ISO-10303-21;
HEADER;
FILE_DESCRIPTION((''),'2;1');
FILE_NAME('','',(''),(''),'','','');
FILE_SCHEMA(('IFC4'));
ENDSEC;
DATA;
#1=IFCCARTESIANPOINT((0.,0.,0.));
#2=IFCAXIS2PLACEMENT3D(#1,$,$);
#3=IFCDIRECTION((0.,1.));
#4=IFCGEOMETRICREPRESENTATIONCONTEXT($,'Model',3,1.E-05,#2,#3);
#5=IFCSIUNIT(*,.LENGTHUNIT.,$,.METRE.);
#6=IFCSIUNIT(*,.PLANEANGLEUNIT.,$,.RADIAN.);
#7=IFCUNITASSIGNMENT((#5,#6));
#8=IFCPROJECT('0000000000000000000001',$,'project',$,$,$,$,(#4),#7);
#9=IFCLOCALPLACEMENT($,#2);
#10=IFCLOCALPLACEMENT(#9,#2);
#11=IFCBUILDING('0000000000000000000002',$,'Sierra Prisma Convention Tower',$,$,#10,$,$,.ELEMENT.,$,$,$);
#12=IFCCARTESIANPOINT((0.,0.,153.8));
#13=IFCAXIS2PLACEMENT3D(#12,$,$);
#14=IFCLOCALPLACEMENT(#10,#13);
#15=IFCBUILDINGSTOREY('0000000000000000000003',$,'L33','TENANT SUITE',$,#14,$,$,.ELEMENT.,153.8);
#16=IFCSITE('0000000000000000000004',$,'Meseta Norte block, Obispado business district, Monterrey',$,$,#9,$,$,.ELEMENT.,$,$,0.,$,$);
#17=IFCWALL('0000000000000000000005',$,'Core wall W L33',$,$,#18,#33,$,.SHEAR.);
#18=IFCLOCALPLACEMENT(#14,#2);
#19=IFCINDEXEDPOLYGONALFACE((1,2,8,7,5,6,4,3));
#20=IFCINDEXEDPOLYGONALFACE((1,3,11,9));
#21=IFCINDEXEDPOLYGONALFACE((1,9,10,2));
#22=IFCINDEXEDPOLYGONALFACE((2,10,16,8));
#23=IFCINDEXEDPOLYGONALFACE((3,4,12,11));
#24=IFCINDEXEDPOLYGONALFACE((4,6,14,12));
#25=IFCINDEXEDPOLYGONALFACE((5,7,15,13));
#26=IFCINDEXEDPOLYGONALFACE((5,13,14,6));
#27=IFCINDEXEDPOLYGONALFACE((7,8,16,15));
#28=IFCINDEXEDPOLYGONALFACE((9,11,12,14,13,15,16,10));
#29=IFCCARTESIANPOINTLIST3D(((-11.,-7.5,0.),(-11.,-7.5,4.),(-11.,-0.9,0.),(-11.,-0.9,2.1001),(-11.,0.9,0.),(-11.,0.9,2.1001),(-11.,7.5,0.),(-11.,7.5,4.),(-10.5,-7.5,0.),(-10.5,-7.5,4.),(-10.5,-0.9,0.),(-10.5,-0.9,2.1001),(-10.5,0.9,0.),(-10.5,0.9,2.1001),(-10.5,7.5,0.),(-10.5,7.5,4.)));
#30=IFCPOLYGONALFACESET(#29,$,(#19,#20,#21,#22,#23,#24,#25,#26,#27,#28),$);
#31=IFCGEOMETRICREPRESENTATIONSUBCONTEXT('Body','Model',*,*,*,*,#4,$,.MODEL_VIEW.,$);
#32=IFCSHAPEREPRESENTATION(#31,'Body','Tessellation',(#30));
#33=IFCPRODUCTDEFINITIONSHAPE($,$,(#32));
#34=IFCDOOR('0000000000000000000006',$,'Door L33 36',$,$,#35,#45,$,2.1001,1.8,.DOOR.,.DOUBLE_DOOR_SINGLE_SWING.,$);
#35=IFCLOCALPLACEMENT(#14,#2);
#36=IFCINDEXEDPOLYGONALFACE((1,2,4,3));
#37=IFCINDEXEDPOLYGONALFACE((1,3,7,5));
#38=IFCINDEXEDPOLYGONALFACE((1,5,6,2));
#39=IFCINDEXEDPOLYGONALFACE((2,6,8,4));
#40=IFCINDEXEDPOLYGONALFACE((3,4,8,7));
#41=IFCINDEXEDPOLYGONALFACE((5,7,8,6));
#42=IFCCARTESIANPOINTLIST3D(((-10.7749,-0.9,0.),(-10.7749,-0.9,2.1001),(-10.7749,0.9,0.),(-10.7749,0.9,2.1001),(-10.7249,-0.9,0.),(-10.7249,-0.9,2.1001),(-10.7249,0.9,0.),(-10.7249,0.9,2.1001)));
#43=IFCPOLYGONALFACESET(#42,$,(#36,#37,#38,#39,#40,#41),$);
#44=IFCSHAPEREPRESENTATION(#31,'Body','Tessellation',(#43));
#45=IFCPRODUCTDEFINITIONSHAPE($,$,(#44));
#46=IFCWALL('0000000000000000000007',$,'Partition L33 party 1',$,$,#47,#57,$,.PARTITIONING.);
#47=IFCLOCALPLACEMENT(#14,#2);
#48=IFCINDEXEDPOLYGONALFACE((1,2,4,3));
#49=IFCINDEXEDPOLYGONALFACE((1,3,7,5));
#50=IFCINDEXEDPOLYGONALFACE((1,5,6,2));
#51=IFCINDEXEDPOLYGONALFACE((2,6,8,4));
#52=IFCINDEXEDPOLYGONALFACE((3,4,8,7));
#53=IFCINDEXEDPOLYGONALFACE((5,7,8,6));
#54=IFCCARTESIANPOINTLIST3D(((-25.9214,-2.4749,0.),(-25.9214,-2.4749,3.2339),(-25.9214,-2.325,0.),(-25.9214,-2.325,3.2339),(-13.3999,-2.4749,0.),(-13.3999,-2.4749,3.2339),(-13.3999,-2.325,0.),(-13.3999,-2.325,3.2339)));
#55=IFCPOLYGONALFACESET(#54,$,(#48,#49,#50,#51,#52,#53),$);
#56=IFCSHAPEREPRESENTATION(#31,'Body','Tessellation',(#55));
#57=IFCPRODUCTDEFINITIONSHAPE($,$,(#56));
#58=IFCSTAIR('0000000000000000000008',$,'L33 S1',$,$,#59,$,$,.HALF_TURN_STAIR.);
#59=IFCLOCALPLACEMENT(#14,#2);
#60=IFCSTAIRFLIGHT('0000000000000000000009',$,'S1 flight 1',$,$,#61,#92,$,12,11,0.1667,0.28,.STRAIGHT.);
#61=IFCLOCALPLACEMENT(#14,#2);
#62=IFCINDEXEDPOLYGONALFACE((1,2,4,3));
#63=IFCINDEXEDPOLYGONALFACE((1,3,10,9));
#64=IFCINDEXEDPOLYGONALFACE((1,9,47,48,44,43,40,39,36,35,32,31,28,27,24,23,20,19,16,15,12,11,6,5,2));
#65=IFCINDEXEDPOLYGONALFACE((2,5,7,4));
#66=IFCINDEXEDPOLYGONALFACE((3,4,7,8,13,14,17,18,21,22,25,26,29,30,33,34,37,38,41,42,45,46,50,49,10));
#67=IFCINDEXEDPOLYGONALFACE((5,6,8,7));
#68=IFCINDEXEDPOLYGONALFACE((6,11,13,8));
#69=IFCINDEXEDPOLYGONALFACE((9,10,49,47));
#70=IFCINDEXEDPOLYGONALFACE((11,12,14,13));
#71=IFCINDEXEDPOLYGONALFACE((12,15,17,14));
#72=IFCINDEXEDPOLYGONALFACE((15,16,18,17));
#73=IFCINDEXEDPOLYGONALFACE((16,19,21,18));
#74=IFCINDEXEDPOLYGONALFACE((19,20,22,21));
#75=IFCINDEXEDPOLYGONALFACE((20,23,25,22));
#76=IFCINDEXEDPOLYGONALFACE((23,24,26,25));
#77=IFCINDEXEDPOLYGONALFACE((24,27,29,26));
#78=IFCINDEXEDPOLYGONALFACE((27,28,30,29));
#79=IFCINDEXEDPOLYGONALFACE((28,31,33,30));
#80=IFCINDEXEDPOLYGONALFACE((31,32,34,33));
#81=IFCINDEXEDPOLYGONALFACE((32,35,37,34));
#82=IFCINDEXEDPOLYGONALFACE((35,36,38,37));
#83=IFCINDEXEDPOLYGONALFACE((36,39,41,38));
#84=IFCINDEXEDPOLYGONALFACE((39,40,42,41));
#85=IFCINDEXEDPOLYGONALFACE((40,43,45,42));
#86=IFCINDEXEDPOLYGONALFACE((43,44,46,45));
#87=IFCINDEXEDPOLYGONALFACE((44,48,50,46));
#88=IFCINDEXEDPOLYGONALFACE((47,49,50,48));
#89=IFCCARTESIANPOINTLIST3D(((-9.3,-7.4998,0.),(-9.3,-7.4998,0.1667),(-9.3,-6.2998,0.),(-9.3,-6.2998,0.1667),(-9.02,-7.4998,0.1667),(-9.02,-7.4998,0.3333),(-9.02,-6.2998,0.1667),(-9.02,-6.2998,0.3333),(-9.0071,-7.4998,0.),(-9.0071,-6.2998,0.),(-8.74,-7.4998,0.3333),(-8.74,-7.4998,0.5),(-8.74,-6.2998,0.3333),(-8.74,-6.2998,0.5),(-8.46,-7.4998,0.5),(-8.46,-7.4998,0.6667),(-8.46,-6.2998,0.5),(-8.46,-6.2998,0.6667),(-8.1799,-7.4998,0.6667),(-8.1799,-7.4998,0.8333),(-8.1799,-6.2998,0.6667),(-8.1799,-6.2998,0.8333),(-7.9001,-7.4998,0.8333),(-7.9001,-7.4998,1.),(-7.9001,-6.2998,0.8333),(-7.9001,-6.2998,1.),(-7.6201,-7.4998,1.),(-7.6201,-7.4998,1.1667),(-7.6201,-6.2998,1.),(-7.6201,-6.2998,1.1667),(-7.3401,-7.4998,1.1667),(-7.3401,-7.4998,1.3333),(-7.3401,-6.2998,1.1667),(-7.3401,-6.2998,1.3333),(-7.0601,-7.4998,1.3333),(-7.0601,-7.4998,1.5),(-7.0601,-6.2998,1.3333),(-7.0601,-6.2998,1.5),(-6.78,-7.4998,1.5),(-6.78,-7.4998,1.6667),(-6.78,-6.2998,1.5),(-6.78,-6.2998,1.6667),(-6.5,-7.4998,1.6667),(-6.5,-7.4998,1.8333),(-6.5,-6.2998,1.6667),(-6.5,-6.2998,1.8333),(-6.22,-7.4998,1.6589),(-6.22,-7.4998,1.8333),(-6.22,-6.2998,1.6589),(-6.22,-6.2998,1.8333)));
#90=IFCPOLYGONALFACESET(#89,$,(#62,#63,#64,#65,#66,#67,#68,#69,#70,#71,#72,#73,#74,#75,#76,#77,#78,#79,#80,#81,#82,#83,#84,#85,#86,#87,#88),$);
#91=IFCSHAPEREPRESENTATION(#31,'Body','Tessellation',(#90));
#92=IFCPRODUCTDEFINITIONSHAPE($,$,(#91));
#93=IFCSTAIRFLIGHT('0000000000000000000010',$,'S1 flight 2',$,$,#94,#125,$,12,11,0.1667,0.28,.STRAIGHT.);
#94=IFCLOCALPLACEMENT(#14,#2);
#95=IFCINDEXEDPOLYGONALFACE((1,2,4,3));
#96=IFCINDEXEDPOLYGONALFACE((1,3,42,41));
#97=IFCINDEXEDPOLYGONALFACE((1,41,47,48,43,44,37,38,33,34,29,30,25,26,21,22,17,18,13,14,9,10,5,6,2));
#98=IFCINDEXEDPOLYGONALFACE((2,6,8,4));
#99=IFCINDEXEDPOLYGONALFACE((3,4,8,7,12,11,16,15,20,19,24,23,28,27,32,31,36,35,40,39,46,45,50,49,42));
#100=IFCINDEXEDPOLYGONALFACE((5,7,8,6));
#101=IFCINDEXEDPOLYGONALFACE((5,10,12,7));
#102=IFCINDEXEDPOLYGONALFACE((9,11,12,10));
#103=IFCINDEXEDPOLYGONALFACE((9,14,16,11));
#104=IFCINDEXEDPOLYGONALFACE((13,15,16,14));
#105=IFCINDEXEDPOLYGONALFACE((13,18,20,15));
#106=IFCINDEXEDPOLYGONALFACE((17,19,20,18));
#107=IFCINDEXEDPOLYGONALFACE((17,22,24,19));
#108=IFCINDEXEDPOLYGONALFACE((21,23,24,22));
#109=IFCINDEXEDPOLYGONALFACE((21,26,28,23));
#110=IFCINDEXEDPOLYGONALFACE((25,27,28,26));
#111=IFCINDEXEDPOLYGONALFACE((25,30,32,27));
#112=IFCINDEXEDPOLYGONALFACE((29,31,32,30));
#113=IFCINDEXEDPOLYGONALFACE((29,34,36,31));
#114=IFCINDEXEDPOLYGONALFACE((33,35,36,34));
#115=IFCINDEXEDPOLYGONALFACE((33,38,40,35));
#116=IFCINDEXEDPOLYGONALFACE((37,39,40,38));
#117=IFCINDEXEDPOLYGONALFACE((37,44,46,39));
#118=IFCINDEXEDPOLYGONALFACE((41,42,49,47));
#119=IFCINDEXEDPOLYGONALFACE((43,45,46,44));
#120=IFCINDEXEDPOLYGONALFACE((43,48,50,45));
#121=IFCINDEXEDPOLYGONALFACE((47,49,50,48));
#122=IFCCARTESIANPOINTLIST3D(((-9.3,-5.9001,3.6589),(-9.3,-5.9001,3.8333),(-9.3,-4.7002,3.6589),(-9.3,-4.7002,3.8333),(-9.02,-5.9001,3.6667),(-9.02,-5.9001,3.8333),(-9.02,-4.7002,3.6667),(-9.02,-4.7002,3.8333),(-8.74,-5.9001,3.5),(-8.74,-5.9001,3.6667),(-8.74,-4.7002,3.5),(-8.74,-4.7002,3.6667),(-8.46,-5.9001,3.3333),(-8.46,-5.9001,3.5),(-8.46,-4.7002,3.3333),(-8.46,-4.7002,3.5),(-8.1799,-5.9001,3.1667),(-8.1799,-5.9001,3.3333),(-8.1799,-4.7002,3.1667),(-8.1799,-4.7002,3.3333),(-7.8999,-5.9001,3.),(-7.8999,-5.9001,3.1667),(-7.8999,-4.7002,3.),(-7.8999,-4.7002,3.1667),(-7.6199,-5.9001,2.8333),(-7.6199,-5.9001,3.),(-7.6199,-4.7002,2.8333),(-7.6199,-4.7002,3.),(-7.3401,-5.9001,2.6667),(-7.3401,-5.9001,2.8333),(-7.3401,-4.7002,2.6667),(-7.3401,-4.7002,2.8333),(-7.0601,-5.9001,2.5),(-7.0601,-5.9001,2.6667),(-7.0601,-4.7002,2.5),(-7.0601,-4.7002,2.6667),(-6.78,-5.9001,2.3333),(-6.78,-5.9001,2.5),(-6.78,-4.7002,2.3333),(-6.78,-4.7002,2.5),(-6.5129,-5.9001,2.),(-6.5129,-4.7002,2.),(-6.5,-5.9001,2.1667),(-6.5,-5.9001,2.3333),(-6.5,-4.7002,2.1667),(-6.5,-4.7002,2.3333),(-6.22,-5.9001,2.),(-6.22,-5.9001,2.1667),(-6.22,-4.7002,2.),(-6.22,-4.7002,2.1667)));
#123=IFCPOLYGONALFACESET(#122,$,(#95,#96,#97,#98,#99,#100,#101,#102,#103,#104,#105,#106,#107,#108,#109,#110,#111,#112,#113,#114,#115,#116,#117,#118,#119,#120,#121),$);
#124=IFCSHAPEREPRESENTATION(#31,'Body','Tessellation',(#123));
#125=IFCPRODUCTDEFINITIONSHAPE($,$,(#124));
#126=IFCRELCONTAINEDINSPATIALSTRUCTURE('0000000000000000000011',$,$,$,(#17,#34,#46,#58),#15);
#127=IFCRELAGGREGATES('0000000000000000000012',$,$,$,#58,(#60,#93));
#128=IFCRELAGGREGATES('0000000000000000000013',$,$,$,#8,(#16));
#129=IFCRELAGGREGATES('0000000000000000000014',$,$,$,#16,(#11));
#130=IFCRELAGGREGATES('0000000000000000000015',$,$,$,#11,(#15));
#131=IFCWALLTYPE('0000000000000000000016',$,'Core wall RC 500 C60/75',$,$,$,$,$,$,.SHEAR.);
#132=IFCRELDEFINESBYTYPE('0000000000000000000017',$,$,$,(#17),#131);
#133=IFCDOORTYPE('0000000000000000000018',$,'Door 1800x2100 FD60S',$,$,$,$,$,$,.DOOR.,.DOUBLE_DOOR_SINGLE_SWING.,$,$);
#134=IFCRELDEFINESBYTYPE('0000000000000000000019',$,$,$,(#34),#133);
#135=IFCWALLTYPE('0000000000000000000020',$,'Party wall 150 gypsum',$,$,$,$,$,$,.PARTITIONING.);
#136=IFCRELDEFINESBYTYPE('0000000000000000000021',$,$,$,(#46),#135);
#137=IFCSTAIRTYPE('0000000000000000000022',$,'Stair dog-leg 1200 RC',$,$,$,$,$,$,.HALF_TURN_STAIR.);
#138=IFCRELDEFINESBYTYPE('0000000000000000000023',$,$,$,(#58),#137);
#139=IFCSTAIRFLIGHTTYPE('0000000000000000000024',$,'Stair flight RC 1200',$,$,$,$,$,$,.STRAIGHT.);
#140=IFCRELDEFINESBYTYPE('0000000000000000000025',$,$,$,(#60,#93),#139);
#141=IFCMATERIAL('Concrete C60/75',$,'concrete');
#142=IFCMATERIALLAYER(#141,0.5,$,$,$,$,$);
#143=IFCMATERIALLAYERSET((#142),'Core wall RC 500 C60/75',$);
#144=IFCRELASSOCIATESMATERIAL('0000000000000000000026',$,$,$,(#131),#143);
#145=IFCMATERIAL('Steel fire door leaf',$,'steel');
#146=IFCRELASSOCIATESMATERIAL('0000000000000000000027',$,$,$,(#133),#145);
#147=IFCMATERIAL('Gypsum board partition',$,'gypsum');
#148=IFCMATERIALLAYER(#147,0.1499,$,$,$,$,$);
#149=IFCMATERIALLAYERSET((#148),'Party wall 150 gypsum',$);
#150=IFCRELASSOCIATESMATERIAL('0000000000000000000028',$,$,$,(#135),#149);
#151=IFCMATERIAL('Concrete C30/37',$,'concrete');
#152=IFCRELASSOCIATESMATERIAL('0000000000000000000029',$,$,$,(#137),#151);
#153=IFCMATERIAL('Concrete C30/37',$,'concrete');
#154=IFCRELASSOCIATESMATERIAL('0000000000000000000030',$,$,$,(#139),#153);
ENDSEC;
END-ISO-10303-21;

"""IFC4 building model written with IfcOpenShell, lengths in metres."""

from ifc_helpers import new_model, si_unit, direction, frame, frame_2d, origin, place, context, subcontext, project, spatial, polyline, rectangle, outline, extrude, material, layer, layer_set, type_object, element, fill, aggregate, save


model = new_model("IFC4")

# Units and contexts
model_context = context("Model", 3, precision=1e-05, world=origin(), true_north=direction((0.0, 1.0)))
body_context = subcontext(model_context, "Body", "Model", "MODEL_VIEW")
ifc_project = project(units=[si_unit("LENGTHUNIT", "METRE"), si_unit("PLANEANGLEUNIT", "RADIAN")], contexts=[model_context])

# Site, building, storey
site_placement = place(None, origin())
site = spatial("IfcSite", under=ifc_project, at=site_placement, Name="Meseta Norte block, Obispado business district, Monterrey", CompositionType="ELEMENT", RefElevation=0.0)
building_placement = place(site_placement, origin())
building = spatial("IfcBuilding", under=site, at=building_placement, Name="Sierra Prisma Convention Tower", CompositionType="ELEMENT")
storey_placement = place(building_placement, frame((0.0, 0.0, 153.8)))
storey = spatial("IfcBuildingStorey", under=building, at=storey_placement, Name="L33", Description="TENANT SUITE", CompositionType="ELEMENT", Elevation=153.8)

# Wall, opening, door
ifc_material_1 = material(Name="Concrete C60/75", Category="concrete")
ifc_layer_1 = layer(ifc_material_1, 0.5)
ifc_layer_set_1 = layer_set([ifc_layer_1], Name="Core wall RC 500 C60/75")
wall_type_1 = type_object("IfcWallType", Name="Core wall RC 500 C60/75", PredefinedType="SHEAR", material=ifc_layer_set_1)
wall_1_placement = place(storey_placement, frame((-10.75, -7.5, 0.0), z_axis=(0.0, 0.0, 1.0), x_axis=(0.0, 1.0, 0.0)))
wall_1 = element("IfcWall", 1, at=wall_1_placement, inside=storey, type_object=wall_type_1, Name="Core wall W L33", PredefinedType="SHEAR", context=body_context, shape_type="SweptSolid", body=[
    extrude(rectangle(XDim=15.0, YDim=0.5, at=frame_2d((7.5, 0.0))), origin(), (0.0, 0.0, 1.0), 4.0),
])
opening_1_placement = place(wall_1_placement, frame((6.6001, 0.0, 0.0)))
opening_1 = element("IfcOpeningElement", 2, at=opening_1_placement, cuts=wall_1, PredefinedType="OPENING", context=body_context, shape_type="SweptSolid", body=[
    extrude(rectangle(XDim=1.8, YDim=2.1001, at=frame_2d((0.8999, 1.05))), frame((0.0, 0.25, 0.0), z_axis=(0.0, -1.0, 0.0), x_axis=(1.0, 0.0, 0.0)), (0.0, 0.0, 1.0), 0.5),
])
ifc_material_2 = material(Name="Steel fire door leaf", Category="steel")
door_type_1 = type_object("IfcDoorType", Name="Door 1800x2100 FD60S", OperationType="DOUBLE_DOOR_SINGLE_SWING", PredefinedType="DOOR", material=ifc_material_2)
door_1_placement = place(opening_1_placement, origin())
door_1 = element("IfcDoor", 3, at=door_1_placement, inside=storey, type_object=door_type_1, Name="Door L33 36", OperationType="DOUBLE_DOOR_SINGLE_SWING", OverallHeight=2.1001, OverallWidth=1.8, PredefinedType="DOOR", context=body_context, shape_type="SweptSolid", body=[
    extrude(rectangle(XDim=1.8, YDim=2.1001, at=frame_2d((0.8999, 1.05))), frame((0.0, 0.0249, 0.0), z_axis=(0.0, -1.0, 0.0), x_axis=(1.0, 0.0, 0.0)), (0.0, 0.0, 1.0), 0.05),
])
fill(opening_1, door_1)

# Wall
ifc_material_3 = material(Name="Gypsum board partition", Category="gypsum")
ifc_layer_2 = layer(ifc_material_3, 0.1499)
ifc_layer_set_2 = layer_set([ifc_layer_2], Name="Party wall 150 gypsum")
wall_type_2 = type_object("IfcWallType", Name="Party wall 150 gypsum", PredefinedType="PARTITIONING", material=ifc_layer_set_2)
wall_2_placement = place(storey_placement, frame((-13.3999, -2.3999, 0.0), z_axis=(0.0, 0.0, 1.0), x_axis=(-1.0, 0.0, 0.0)))
element("IfcWall", 4, at=wall_2_placement, inside=storey, type_object=wall_type_2, Name="Partition L33 party 1", PredefinedType="PARTITIONING", context=body_context, shape_type="SweptSolid", body=[
    extrude(rectangle(XDim=12.5215, YDim=0.1499, at=frame_2d((6.2607, 0.0))), origin(), (0.0, 0.0, 1.0), 3.2339),
])

# Stair, stair flights
ifc_material_4 = material(Name="Concrete C30/37", Category="concrete")
stair_type = type_object("IfcStairType", Name="Stair dog-leg 1200 RC", PredefinedType="HALF_TURN_STAIR", material=ifc_material_4)
stair_placement = place(storey_placement, origin())
stair = element("IfcStair", 5, at=stair_placement, inside=storey, type_object=stair_type, Name="L33 S1", PredefinedType="HALF_TURN_STAIR")
ifc_material_5 = material(Name="Concrete C30/37", Category="concrete")
stair_flight_type = type_object("IfcStairFlightType", Name="Stair flight RC 1200", PredefinedType="STRAIGHT", material=ifc_material_5)
stair_flight_1_placement = place(storey_placement, frame((-9.3, -6.8999, 0.0), z_axis=(0.0, 0.0, 1.0), x_axis=(1.0, 0.0, 0.0)))
stair_flight_1 = element("IfcStairFlight", 6, at=stair_flight_1_placement, type_object=stair_flight_type, Name="S1 flight 1", NumberOfRisers=12, NumberOfTreads=11, PredefinedType="STRAIGHT", RiserHeight=0.1667, TreadLength=0.28, context=body_context, shape_type="SweptSolid", body=[
    extrude(outline(polyline([(0.0, 0.0), (0.0, 0.1667), (0.28, 0.1667), (0.28, 0.3333), (0.5601, 0.3333), (0.5601, 0.5), (0.8401, 0.5), (0.8401, 0.6667), (1.1201, 0.6667), (1.1201, 0.8333), (1.3999, 0.8333), (1.3999, 1.0), (1.6799, 1.0), (1.6799, 1.1667), (1.96, 1.1667), (1.96, 1.3333), (2.24, 1.3333), (2.24, 1.5), (2.52, 1.5), (2.52, 1.6667), (2.8, 1.6667), (2.8, 1.8333), (3.0801, 1.8333), (3.0801, 2.0), (3.0801, 1.6589), (0.293, 0.0), (0.0, 0.0)])), frame((0.0, 0.6001, 0.0), z_axis=(0.0, -1.0, 0.0), x_axis=(1.0, 0.0, 0.0)), (0.0, 0.0, 1.0), 1.2),
])
stair_flight_2_placement = place(storey_placement, frame((-6.22, -5.3, 2.0), z_axis=(0.0, 0.0, 1.0), x_axis=(-1.0, 0.0, 0.0)))
stair_flight_2 = element("IfcStairFlight", 7, at=stair_flight_2_placement, type_object=stair_flight_type, Name="S1 flight 2", NumberOfRisers=12, NumberOfTreads=11, PredefinedType="STRAIGHT", RiserHeight=0.1667, TreadLength=0.28, context=body_context, shape_type="SweptSolid", body=[
    extrude(outline(polyline([(0.0, 0.0), (0.0, 0.1667), (0.28, 0.1667), (0.28, 0.3333), (0.5601, 0.3333), (0.5601, 0.5), (0.8401, 0.5), (0.8401, 0.6667), (1.1201, 0.6667), (1.1201, 0.8333), (1.3999, 0.8333), (1.3999, 1.0), (1.6799, 1.0), (1.6799, 1.1667), (1.96, 1.1667), (1.96, 1.3333), (2.24, 1.3333), (2.24, 1.5), (2.52, 1.5), (2.52, 1.6667), (2.8, 1.6667), (2.8, 1.8333), (3.0801, 1.8333), (3.0801, 2.0), (3.0801, 1.6589), (0.293, 0.0), (0.0, 0.0)])), frame((0.0, 0.6001, 0.0), z_axis=(0.0, -1.0, 0.0), x_axis=(1.0, 0.0, 0.0)), (0.0, 0.0, 1.0), 1.2),
])
aggregate(stair, [stair_flight_1, stair_flight_2])

save(model, "model.ifc")
